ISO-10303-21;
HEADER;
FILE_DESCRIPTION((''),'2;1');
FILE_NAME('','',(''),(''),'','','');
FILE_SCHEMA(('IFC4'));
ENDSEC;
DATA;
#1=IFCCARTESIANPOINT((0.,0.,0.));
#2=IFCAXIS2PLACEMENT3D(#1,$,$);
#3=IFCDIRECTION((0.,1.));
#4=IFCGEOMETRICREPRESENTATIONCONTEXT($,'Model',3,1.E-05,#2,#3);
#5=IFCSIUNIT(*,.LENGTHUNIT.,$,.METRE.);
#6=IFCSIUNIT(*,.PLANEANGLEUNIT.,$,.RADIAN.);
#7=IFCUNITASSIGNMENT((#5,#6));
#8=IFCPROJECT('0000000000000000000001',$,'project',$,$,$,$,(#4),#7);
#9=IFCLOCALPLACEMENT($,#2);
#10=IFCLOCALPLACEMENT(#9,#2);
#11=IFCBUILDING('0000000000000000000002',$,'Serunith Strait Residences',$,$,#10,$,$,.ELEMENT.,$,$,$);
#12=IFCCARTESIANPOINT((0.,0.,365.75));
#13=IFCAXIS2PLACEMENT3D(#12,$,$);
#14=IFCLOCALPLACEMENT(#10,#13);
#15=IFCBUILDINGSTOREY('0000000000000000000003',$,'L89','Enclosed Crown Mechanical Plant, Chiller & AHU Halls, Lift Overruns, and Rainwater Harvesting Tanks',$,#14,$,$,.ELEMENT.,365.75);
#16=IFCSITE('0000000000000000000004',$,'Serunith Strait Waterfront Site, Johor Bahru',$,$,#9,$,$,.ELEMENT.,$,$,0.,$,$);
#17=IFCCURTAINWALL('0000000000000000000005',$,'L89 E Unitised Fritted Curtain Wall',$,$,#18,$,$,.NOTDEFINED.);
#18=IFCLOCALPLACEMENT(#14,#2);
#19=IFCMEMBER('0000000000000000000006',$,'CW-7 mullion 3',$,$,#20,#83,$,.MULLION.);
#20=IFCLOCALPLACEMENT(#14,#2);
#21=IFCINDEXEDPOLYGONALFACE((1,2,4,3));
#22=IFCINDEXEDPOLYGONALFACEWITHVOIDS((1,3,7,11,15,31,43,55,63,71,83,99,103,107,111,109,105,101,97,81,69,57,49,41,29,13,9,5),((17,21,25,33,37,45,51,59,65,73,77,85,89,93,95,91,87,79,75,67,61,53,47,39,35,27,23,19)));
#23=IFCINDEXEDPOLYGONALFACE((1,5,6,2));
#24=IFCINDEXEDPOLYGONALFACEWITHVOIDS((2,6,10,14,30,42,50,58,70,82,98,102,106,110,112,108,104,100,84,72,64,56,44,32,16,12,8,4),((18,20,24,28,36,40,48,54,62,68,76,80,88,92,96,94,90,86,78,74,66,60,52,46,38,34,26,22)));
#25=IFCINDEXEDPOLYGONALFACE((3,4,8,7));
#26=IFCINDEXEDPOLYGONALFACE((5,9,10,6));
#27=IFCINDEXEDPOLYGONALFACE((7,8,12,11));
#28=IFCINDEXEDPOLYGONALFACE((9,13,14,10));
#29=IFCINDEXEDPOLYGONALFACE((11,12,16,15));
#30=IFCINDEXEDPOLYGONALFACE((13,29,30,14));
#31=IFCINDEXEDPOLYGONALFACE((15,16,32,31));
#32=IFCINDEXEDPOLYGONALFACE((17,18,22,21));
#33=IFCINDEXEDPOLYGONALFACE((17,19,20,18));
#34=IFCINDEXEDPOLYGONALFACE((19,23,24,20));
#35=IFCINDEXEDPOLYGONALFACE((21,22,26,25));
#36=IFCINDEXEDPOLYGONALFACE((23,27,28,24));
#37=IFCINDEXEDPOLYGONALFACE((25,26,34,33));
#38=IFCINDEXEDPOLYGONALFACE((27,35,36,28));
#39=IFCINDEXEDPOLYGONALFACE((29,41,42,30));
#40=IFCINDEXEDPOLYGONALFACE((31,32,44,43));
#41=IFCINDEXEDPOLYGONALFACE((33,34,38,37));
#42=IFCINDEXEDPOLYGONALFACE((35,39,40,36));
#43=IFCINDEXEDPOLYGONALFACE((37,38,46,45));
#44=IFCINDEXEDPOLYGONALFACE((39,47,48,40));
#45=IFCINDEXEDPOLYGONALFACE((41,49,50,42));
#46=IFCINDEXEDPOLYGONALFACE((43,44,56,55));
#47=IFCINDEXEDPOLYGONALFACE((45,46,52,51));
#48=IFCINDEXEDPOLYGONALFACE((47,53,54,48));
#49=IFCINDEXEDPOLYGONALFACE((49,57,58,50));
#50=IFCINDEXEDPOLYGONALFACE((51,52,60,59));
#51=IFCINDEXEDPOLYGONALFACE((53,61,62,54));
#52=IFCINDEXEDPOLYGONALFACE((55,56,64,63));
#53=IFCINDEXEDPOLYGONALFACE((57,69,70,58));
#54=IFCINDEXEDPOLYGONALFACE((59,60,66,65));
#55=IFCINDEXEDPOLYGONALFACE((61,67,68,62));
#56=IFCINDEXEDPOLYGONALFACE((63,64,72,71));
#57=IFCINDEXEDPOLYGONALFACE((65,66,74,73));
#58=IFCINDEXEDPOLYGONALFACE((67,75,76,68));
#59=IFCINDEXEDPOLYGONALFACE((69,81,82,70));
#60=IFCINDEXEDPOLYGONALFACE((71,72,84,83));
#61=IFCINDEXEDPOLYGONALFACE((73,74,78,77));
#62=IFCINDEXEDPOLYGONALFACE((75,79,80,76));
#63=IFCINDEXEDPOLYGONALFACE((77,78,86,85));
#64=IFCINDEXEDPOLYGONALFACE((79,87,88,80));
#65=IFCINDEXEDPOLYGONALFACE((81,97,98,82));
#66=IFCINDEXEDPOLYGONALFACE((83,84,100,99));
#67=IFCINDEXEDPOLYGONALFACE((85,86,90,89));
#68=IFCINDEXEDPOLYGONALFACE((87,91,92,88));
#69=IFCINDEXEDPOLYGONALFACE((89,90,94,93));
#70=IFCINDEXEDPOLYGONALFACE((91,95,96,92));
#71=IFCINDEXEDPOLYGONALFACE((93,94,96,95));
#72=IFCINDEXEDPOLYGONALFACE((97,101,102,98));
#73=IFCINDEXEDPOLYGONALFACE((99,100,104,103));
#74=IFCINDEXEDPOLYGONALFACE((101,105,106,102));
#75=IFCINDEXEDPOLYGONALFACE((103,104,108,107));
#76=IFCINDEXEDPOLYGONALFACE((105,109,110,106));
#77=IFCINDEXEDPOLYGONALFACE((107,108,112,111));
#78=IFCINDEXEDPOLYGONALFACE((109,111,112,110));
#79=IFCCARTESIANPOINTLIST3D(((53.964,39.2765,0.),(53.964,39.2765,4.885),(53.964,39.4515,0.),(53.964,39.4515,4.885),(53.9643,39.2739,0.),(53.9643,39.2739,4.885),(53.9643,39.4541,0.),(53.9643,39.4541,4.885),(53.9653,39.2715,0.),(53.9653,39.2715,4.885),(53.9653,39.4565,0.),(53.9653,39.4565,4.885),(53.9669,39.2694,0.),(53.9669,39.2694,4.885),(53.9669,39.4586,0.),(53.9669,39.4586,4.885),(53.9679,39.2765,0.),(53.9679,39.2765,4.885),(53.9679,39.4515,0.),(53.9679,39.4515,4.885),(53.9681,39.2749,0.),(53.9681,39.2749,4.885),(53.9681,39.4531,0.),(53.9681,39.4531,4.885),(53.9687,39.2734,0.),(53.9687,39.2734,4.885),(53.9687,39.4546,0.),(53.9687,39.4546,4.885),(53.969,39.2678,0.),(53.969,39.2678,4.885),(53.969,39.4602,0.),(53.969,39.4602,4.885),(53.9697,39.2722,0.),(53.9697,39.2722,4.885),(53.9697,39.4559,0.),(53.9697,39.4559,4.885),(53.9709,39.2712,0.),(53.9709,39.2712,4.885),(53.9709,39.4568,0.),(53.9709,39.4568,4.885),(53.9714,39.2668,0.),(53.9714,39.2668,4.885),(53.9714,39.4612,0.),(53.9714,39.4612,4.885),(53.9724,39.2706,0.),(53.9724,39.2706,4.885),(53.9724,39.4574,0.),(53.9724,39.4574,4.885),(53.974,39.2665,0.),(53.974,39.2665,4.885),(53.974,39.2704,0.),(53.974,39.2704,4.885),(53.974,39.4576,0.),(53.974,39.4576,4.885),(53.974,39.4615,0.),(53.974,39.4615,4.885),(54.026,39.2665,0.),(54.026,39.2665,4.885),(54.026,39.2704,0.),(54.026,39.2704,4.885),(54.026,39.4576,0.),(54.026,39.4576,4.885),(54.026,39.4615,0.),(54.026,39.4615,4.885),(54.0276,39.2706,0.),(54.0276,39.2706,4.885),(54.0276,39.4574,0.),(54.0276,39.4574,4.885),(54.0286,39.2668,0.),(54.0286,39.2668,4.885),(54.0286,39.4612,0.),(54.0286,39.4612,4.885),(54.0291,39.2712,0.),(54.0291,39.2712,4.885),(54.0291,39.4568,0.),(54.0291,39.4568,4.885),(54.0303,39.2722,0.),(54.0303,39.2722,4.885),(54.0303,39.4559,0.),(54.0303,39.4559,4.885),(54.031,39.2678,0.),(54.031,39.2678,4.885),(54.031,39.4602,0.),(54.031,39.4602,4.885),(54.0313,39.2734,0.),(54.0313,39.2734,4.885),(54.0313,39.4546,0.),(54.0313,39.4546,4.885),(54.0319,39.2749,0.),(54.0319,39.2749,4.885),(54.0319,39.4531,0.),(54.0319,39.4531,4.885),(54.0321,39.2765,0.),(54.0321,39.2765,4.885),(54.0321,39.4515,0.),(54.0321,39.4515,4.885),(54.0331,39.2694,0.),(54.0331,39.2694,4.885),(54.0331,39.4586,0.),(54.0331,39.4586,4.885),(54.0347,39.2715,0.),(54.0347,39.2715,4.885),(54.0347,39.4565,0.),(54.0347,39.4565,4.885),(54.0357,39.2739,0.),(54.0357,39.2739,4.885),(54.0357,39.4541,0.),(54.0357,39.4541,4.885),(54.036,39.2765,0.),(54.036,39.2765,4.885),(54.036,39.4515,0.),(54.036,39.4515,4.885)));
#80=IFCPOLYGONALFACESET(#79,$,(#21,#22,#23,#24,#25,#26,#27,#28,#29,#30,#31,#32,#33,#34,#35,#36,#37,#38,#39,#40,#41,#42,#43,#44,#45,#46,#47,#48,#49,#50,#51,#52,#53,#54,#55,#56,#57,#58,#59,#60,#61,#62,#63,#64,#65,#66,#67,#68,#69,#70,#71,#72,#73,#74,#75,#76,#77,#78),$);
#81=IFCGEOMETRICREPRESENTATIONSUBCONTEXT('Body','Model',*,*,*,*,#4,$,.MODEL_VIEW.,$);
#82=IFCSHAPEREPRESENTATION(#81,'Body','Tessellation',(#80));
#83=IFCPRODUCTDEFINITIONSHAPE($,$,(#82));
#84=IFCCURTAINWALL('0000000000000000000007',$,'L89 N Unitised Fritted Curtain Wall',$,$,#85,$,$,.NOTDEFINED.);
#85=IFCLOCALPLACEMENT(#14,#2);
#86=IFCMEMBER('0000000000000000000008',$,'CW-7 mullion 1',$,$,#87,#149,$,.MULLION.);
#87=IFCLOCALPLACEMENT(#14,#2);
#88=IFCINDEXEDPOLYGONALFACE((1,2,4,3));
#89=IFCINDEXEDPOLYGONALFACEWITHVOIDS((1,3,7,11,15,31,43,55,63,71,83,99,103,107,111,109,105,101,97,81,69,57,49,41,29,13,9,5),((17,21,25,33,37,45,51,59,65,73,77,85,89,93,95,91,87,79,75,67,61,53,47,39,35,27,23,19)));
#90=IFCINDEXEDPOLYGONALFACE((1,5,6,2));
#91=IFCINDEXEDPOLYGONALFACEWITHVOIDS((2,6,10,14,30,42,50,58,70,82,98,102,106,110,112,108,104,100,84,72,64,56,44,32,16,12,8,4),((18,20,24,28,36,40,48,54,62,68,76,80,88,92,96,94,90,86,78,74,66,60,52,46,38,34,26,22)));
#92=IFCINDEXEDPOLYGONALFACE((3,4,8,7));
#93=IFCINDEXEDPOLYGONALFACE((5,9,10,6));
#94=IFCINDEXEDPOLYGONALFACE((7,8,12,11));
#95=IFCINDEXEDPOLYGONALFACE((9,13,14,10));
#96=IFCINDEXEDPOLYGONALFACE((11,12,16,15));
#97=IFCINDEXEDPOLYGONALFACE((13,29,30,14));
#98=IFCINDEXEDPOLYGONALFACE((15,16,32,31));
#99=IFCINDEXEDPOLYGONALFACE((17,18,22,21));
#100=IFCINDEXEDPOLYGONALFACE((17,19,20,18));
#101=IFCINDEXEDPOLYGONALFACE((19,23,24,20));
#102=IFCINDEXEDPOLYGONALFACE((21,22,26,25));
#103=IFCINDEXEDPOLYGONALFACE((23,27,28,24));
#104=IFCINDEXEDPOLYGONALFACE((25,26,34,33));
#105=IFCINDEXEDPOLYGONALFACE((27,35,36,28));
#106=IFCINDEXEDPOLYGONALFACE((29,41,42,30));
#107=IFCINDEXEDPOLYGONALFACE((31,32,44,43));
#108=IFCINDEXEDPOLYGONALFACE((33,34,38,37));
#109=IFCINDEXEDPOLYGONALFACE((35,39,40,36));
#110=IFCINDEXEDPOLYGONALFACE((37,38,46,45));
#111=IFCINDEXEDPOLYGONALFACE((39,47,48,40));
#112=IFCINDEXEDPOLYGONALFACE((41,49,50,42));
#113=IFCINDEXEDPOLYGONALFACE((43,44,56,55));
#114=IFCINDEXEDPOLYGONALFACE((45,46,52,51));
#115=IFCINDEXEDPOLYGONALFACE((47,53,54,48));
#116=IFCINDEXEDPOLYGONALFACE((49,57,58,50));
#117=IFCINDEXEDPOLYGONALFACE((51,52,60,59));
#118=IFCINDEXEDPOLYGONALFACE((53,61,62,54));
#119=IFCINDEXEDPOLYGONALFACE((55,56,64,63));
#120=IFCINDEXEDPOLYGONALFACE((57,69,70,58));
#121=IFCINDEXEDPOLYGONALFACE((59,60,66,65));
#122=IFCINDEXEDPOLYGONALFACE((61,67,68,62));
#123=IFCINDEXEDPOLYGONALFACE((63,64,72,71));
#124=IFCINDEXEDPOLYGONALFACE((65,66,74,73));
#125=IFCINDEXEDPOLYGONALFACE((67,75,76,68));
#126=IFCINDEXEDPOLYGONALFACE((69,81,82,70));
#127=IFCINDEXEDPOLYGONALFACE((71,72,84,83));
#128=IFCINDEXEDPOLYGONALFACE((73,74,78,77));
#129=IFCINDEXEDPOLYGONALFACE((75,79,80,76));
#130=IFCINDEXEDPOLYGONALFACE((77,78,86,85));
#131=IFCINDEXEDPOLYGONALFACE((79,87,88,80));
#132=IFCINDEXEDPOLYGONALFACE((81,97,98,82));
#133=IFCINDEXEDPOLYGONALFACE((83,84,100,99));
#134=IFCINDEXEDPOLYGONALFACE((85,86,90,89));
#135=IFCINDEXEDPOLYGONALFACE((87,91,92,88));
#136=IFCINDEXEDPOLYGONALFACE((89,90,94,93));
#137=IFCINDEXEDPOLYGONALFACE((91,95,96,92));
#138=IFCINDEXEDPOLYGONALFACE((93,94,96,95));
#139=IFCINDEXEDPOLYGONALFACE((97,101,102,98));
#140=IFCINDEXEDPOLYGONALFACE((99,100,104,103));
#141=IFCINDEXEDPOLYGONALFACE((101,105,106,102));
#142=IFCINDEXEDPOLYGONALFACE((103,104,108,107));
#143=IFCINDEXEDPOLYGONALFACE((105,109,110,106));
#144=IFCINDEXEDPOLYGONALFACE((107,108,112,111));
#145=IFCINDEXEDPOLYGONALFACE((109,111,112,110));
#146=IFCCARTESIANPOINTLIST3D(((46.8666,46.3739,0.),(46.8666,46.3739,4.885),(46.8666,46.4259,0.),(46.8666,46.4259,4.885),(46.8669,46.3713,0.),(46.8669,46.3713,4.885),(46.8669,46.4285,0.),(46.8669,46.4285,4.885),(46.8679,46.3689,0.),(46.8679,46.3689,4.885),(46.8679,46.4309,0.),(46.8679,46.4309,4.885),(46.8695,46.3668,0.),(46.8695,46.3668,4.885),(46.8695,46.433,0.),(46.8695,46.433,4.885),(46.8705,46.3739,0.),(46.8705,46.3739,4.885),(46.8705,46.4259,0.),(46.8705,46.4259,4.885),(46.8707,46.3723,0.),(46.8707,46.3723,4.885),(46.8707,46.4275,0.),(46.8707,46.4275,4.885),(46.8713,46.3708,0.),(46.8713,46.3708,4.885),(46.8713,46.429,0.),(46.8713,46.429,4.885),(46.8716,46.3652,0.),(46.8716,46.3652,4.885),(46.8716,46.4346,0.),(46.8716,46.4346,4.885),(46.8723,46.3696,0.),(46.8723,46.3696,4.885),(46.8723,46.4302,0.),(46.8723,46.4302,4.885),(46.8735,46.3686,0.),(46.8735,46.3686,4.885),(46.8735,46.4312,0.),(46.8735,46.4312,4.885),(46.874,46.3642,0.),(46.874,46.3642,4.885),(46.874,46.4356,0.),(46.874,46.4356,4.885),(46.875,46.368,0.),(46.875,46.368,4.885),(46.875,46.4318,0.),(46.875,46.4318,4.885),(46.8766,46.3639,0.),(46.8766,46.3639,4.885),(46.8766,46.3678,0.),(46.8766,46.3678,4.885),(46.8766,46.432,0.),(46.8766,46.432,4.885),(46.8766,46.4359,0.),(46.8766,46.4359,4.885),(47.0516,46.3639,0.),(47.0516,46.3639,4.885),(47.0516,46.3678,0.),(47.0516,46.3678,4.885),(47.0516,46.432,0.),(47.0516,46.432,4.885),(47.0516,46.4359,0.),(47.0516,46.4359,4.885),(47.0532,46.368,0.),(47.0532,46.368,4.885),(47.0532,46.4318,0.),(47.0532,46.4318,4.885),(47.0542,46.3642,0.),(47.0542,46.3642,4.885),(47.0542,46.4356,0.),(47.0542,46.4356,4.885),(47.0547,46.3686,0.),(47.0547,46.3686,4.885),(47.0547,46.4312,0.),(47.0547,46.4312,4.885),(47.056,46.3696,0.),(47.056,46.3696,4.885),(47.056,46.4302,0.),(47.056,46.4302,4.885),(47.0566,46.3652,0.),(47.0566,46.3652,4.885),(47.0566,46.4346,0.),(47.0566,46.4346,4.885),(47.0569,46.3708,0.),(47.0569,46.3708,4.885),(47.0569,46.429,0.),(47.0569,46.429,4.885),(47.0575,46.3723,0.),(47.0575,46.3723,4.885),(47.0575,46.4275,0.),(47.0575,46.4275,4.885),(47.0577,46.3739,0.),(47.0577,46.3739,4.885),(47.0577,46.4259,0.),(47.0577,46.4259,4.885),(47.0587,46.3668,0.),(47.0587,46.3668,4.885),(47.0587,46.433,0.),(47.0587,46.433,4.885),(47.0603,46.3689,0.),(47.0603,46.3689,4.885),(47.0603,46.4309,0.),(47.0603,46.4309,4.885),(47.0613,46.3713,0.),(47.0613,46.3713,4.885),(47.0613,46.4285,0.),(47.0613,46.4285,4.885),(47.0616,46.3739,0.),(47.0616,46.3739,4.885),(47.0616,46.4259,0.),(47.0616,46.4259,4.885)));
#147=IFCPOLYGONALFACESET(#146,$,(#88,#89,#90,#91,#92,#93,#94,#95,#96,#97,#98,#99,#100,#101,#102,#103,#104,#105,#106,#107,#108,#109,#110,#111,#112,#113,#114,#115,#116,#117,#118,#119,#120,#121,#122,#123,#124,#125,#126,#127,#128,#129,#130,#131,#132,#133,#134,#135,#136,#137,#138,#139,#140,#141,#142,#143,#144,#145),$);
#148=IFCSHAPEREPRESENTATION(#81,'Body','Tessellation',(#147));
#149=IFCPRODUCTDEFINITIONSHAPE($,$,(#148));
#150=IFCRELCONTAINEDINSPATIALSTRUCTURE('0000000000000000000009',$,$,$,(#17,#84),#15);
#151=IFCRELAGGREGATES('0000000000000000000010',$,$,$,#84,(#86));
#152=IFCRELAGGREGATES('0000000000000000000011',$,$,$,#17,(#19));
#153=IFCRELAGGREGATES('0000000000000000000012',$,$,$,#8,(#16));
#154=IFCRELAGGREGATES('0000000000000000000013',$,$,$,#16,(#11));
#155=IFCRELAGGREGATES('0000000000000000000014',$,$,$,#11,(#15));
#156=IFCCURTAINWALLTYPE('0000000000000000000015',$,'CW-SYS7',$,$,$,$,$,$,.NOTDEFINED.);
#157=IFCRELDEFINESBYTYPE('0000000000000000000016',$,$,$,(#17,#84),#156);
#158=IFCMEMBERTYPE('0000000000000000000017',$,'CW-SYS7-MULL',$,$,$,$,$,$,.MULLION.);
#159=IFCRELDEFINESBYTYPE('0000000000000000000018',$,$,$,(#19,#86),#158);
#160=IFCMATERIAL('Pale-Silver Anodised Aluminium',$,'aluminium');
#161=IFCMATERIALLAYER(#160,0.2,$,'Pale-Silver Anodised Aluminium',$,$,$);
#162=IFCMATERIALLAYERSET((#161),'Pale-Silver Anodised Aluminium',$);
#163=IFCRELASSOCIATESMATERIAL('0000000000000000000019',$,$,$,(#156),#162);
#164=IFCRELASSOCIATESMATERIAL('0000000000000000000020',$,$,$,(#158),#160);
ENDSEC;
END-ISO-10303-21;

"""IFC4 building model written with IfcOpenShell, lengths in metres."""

from ifc_helpers import new_model, si_unit, direction, frame, origin, origin_2d, place, context, subcontext, project, spatial, hollow_rectangle, extrude, source, transform, mapped, material, layer, layer_set, material_profile, profile_set, type_object, element, aggregate, save


model = new_model("IFC4")

# Units and contexts
model_context = context("Model", 3, precision=1e-05, world=origin(), true_north=direction((0.0, 1.0)))
body_context = subcontext(model_context, "Body", "Model", "MODEL_VIEW")
ifc_project = project(units=[si_unit("LENGTHUNIT", "METRE"), si_unit("PLANEANGLEUNIT", "RADIAN")], contexts=[model_context])

# Site, building, storey
site_placement = place(None, origin())
site = spatial("IfcSite", under=ifc_project, at=site_placement, Name="Serunith Strait Waterfront Site, Johor Bahru", CompositionType="ELEMENT", RefElevation=0.0)
building_placement = place(site_placement, origin())
building = spatial("IfcBuilding", under=site, at=building_placement, Name="Serunith Strait Residences", CompositionType="ELEMENT")
storey_placement = place(building_placement, frame((0.0, 0.0, 365.75)))
storey = spatial("IfcBuildingStorey", under=building, at=storey_placement, Name="L89", Description="Enclosed Crown Mechanical Plant, Chiller & AHU Halls, Lift Overruns, and Rainwater Harvesting Tanks", CompositionType="ELEMENT", Elevation=365.75)

# Curtain walls, members
ifc_material_1 = material(Name="Pale-Silver Anodised Aluminium", Category="aluminium")
ifc_layer_1 = layer(ifc_material_1, 0.2, Name="Pale-Silver Anodised Aluminium")
ifc_layer_set_1 = layer_set([ifc_layer_1], Name="Pale-Silver Anodised Aluminium")
curtain_wall_type = type_object("IfcCurtainWallType", Name="CW-SYS7", PredefinedType="NOTDEFINED", material=ifc_layer_set_1)
curtain_wall_1_placement = place(storey_placement, origin())
curtain_wall_1 = element("IfcCurtainWall", 1, at=curtain_wall_1_placement, inside=storey, type_object=curtain_wall_type, Name="L89 E Unitised Fritted Curtain Wall", PredefinedType="NOTDEFINED")
ifc_material_profile_1 = material_profile(ifc_material_1, hollow_rectangle(XDim=0.072, YDim=0.1951, WallThickness=0.0039, InnerFilletRadius=0.0061, OuterFilletRadius=0.01, at=origin_2d()), Name="ALU 195x72x4")
ifc_profile_set_1 = profile_set([ifc_material_profile_1], Name="Pale-Silver Anodised Aluminium")
member_type_1 = type_object("IfcMemberType", Name="CW-SYS7-MULL", PredefinedType="MULLION", material=ifc_profile_set_1)
shared_shape_1 = source(origin(), body_context, "Body", "SweptSolid", [
    extrude(hollow_rectangle(XDim=0.072, YDim=0.1951, WallThickness=0.0039, InnerFilletRadius=0.0061, OuterFilletRadius=0.01, at=origin_2d()), origin(), (0.0, 0.0, 1.0), 4.885),
])
member_1_placement = place(storey_placement, frame((54.0, 39.364, 0.0), z_axis=(0.0, 0.0, 1.0), x_axis=(-1.0, 0.0, 0.0)))
member_1 = element("IfcMember", 2, at=member_1_placement, type_object=member_type_1, Name="CW-7 mullion 3", PredefinedType="MULLION", context=body_context, shape_type="MappedRepresentation", body=[
    mapped(shared_shape_1, transform((0.0, 0.0, 0.0), scale=1.0)),
])
curtain_wall_2_placement = place(storey_placement, origin())
curtain_wall_2 = element("IfcCurtainWall", 3, at=curtain_wall_2_placement, inside=storey, type_object=curtain_wall_type, Name="L89 N Unitised Fritted Curtain Wall", PredefinedType="NOTDEFINED")
member_2_placement = place(storey_placement, frame((46.9641, 46.3999, 0.0), z_axis=(0.0, 0.0, 1.0), x_axis=(0.0, -1.0, 0.0)))
member_2 = element("IfcMember", 4, at=member_2_placement, type_object=member_type_1, Name="CW-7 mullion 1", PredefinedType="MULLION", context=body_context, shape_type="MappedRepresentation", body=[
    mapped(shared_shape_1, transform((0.0, 0.0, 0.0), scale=1.0)),
])
aggregate(curtain_wall_2, [member_2])

aggregate(curtain_wall_1, [member_1])

save(model, "model.ifc")
